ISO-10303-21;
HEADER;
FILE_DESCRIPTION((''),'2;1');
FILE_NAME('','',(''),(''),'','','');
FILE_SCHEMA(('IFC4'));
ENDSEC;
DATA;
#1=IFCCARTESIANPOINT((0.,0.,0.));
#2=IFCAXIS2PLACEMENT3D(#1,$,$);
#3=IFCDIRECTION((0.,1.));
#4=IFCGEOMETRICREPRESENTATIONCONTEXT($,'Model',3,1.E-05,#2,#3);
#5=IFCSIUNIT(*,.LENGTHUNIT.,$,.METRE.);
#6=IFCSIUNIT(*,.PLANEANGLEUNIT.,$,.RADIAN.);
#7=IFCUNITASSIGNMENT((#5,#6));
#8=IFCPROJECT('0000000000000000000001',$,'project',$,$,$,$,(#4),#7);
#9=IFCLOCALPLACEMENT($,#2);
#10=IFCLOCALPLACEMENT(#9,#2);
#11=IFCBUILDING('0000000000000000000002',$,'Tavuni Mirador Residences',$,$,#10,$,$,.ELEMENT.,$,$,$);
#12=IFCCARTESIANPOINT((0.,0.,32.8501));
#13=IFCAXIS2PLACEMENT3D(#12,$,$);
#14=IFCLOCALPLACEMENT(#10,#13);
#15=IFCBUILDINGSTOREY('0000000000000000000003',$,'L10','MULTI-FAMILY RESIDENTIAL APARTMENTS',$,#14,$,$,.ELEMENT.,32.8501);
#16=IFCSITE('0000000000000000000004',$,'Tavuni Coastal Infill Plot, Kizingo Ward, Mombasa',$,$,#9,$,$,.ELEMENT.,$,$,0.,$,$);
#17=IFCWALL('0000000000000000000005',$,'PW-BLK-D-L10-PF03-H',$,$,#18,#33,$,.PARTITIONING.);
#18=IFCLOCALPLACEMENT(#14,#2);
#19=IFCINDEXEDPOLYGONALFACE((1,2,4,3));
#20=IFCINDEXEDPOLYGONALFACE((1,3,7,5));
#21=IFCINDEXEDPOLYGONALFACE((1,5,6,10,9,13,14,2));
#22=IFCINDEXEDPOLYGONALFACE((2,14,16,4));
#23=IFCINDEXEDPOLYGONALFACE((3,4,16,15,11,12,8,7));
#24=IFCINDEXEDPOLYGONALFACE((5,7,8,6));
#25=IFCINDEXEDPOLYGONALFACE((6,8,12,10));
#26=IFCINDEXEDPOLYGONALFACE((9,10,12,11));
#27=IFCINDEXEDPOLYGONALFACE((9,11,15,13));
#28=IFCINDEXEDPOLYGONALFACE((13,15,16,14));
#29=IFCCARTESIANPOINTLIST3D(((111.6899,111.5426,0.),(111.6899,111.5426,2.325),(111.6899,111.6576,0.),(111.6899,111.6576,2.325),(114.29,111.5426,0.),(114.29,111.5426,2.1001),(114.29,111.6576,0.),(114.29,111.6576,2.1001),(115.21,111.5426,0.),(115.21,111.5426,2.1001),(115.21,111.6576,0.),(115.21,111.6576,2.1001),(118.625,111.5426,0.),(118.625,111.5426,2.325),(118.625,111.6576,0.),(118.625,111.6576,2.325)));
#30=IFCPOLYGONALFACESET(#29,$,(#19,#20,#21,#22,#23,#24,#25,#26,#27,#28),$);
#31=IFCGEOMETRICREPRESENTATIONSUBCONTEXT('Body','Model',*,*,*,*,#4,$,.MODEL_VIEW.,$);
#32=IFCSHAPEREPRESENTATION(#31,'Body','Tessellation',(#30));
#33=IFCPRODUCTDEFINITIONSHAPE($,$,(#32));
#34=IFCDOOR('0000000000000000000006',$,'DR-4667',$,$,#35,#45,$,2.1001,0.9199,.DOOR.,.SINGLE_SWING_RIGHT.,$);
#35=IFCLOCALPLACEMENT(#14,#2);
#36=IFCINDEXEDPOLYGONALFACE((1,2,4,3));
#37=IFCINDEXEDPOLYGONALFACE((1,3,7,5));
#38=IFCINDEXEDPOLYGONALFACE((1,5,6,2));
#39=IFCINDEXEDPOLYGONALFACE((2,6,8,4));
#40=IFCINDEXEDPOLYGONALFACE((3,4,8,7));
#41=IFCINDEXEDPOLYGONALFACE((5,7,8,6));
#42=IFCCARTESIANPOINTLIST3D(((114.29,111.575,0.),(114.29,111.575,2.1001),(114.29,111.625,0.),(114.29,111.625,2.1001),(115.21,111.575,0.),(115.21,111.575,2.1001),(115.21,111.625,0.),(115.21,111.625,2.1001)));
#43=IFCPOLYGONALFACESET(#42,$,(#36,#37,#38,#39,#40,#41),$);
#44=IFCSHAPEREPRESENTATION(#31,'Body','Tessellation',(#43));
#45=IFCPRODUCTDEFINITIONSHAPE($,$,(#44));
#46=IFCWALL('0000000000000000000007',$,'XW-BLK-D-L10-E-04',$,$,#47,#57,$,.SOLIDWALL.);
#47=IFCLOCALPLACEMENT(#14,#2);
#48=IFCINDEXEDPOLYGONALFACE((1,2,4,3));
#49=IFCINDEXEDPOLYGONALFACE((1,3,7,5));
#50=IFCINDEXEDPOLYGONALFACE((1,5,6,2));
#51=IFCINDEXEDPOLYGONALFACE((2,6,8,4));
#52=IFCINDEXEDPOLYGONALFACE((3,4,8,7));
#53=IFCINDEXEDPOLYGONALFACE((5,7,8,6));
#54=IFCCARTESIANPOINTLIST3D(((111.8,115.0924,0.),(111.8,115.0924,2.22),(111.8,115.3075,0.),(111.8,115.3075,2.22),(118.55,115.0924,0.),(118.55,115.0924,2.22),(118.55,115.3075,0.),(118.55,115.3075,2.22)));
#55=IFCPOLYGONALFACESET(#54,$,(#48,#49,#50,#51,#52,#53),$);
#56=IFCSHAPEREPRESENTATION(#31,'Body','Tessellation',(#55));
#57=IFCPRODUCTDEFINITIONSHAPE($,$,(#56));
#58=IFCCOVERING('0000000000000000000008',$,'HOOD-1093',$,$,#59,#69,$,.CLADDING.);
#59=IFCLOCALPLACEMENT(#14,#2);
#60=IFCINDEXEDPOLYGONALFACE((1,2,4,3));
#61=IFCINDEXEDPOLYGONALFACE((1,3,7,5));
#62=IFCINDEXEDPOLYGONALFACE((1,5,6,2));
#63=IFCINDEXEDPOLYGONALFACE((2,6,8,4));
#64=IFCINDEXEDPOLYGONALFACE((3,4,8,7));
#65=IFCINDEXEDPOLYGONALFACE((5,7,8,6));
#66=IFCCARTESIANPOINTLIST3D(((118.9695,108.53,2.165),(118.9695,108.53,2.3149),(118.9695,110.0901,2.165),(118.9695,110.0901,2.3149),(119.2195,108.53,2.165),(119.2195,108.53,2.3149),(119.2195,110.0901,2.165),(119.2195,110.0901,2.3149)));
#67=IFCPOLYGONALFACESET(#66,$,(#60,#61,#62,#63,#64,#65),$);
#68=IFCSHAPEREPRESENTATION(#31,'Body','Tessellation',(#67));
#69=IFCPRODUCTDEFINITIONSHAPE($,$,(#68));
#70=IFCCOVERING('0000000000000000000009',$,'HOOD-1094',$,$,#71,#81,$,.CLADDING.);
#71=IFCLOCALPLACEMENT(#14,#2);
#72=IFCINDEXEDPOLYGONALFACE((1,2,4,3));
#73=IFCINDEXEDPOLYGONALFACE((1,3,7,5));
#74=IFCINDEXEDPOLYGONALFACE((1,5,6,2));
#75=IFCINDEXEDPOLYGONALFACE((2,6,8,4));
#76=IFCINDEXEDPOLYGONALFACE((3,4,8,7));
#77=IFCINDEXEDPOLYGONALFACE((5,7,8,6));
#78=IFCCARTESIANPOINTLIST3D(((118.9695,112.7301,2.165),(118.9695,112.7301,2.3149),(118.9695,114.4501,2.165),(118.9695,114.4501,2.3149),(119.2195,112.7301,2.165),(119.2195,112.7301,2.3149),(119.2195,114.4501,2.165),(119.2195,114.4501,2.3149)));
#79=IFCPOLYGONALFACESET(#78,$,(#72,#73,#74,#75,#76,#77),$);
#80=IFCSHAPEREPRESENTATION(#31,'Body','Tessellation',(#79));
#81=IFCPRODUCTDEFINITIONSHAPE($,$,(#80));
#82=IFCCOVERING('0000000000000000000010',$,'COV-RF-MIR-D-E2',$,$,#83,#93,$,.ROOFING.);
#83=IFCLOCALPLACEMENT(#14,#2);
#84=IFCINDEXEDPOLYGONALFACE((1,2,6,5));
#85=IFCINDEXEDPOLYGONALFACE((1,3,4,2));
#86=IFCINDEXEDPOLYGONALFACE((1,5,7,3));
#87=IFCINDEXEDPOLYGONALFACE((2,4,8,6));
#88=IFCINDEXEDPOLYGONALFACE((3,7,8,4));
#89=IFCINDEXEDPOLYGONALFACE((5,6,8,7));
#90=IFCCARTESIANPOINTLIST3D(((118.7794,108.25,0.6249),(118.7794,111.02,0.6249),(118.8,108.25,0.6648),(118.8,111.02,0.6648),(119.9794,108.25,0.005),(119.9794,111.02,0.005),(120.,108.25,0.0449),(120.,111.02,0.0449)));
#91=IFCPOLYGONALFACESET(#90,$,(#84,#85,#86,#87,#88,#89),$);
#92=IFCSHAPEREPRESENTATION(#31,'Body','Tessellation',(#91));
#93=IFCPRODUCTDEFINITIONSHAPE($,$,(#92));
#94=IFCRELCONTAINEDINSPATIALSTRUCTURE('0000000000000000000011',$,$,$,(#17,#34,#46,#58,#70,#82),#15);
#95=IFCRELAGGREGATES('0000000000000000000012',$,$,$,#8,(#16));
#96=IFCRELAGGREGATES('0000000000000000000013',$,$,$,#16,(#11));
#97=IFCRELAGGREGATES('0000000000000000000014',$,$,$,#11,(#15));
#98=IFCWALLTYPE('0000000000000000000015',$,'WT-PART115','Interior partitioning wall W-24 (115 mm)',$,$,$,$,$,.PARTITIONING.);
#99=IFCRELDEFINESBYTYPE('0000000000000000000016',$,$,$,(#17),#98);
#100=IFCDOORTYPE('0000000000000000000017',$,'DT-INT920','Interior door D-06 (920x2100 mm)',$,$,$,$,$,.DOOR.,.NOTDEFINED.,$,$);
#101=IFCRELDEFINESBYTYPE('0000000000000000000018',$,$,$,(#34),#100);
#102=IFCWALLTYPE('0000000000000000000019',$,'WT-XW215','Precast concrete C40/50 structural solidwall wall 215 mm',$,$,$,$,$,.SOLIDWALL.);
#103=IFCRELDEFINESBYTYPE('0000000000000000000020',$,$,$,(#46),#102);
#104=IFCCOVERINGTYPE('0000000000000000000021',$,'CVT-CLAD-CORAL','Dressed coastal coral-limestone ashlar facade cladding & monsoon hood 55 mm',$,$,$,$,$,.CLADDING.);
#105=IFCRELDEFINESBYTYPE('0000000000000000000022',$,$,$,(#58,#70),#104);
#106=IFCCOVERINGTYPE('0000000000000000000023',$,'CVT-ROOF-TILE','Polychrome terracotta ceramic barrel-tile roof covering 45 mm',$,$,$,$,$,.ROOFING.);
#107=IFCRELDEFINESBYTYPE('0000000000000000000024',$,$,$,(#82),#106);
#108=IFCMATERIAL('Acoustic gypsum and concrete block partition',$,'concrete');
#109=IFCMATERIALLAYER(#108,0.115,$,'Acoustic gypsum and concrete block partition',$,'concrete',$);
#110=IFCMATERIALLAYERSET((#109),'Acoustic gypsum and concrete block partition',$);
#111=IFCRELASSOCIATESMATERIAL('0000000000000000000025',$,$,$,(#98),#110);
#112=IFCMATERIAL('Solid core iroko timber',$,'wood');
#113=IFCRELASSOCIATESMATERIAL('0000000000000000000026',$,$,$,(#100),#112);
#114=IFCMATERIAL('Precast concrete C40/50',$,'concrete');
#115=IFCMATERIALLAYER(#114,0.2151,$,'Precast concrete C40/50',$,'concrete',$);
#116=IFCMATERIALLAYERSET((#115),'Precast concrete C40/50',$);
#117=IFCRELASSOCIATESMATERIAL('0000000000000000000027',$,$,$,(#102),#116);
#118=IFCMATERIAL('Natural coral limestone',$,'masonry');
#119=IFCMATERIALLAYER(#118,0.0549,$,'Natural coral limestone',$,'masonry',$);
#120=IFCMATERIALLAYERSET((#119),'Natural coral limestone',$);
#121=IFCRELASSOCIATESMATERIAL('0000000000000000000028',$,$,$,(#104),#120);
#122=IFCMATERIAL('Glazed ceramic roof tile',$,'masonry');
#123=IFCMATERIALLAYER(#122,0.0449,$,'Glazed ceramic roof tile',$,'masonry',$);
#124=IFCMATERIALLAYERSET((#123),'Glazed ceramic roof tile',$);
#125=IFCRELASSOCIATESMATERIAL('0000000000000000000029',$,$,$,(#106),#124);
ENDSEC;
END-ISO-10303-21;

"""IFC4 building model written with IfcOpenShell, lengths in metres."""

from ifc_helpers import new_model, si_unit, direction, frame, frame_2d, origin, origin_2d, place, context, subcontext, project, spatial, polyline, rectangle, outline, extrude, material, layer, layer_set, type_object, element, fill, save


model = new_model("IFC4")

# Units and contexts
model_context = context("Model", 3, precision=1e-05, world=origin(), true_north=direction((0.0, 1.0)))
body_context = subcontext(model_context, "Body", "Model", "MODEL_VIEW")
ifc_project = project(units=[si_unit("LENGTHUNIT", "METRE"), si_unit("PLANEANGLEUNIT", "RADIAN")], contexts=[model_context])

# Site, building, storey
site_placement = place(None, origin())
site = spatial("IfcSite", under=ifc_project, at=site_placement, Name="Tavuni Coastal Infill Plot, Kizingo Ward, Mombasa", CompositionType="ELEMENT", RefElevation=0.0)
building_placement = place(site_placement, origin())
building = spatial("IfcBuilding", under=site, at=building_placement, Name="Tavuni Mirador Residences", CompositionType="ELEMENT")
storey_placement = place(building_placement, frame((0.0, 0.0, 32.8501)))
storey = spatial("IfcBuildingStorey", under=building, at=storey_placement, Name="L10", Description="MULTI-FAMILY RESIDENTIAL APARTMENTS", CompositionType="ELEMENT", Elevation=32.8501)

# Shared definitions
ifc_material_1 = material(Name="Precast concrete C40/50", Category="concrete")

# Wall, opening, door
ifc_material_2 = material(Name="Acoustic gypsum and concrete block partition", Category="concrete")
ifc_layer_1 = layer(ifc_material_2, 0.115, Name="Acoustic gypsum and concrete block partition", Category="concrete")
ifc_layer_set_1 = layer_set([ifc_layer_1], Name="Acoustic gypsum and concrete block partition")
wall_type_1 = type_object("IfcWallType", Name="WT-PART115", Description="Interior partitioning wall W-24 (115 mm)", PredefinedType="PARTITIONING", material=ifc_layer_set_1)
wall_1_placement = place(storey_placement, frame((111.6899, 111.6001, 0.0), z_axis=(0.0, 0.0, 1.0), x_axis=(1.0, 0.0, 0.0)))
wall_1 = element("IfcWall", 1, at=wall_1_placement, inside=storey, type_object=wall_type_1, Name="PW-BLK-D-L10-PF03-H", PredefinedType="PARTITIONING", context=body_context, shape_type="SweptSolid", body=[
    extrude(rectangle(XDim=6.9351, YDim=0.115, at=frame_2d((3.4675, 0.0))), origin(), (0.0, 0.0, 1.0), 2.325),
])
opening_1_placement = place(wall_1_placement, frame((2.6001, 0.0, 0.0)))
opening_1 = element("IfcOpeningElement", 2, at=opening_1_placement, cuts=wall_1, PredefinedType="OPENING", context=body_context, shape_type="SweptSolid", body=[
    extrude(rectangle(XDim=0.9199, YDim=2.1001, at=frame_2d((0.46, 1.05))), frame((0.0, 0.0674, 0.0), z_axis=(0.0, -1.0, 0.0), x_axis=(1.0, 0.0, 0.0)), (0.0, 0.0, 1.0), 0.135),
])
ifc_material_3 = material(Name="Solid core iroko timber", Category="wood")
door_type = type_object("IfcDoorType", Name="DT-INT920", Description="Interior door D-06 (920x2100 mm)", OperationType="NOTDEFINED", PredefinedType="DOOR", material=ifc_material_3)
door_placement = place(opening_1_placement, origin())
door = element("IfcDoor", 3, at=door_placement, inside=storey, type_object=door_type, Name="DR-4667", OperationType="SINGLE_SWING_RIGHT", OverallHeight=2.1001, OverallWidth=0.9199, PredefinedType="DOOR", context=body_context, shape_type="SweptSolid", body=[
    extrude(rectangle(XDim=0.9199, YDim=2.1001, at=frame_2d((0.46, 1.05))), frame((0.0, 0.0249, 0.0), z_axis=(0.0, -1.0, 0.0), x_axis=(1.0, 0.0, 0.0)), (0.0, 0.0, 1.0), 0.05),
])
fill(opening_1, door)

# Wall
ifc_layer_2 = layer(ifc_material_1, 0.2151, Name="Precast concrete C40/50", Category="concrete")
ifc_layer_set_2 = layer_set([ifc_layer_2], Name="Precast concrete C40/50")
wall_type_2 = type_object("IfcWallType", Name="WT-XW215", Description="Precast concrete C40/50 structural solidwall wall 215 mm", PredefinedType="SOLIDWALL", material=ifc_layer_set_2)
wall_2_placement = place(storey_placement, frame((111.8, 115.2, 0.0), z_axis=(0.0, 0.0, 1.0), x_axis=(1.0, 0.0, 0.0)))
element("IfcWall", 4, at=wall_2_placement, inside=storey, type_object=wall_type_2, Name="XW-BLK-D-L10-E-04", PredefinedType="SOLIDWALL", context=body_context, shape_type="SweptSolid", body=[
    extrude(rectangle(XDim=6.75, YDim=0.2151, at=frame_2d((3.375, 0.0))), origin(), (0.0, 0.0, 1.0), 2.22),
])

# Coverings
ifc_material_4 = material(Name="Natural coral limestone", Category="masonry")
ifc_layer_3 = layer(ifc_material_4, 0.0549, Name="Natural coral limestone", Category="masonry")
ifc_layer_set_3 = layer_set([ifc_layer_3], Name="Natural coral limestone")
covering_type_1 = type_object("IfcCoveringType", Name="CVT-CLAD-CORAL", Description="Dressed coastal coral-limestone ashlar facade cladding & monsoon hood 55 mm", PredefinedType="CLADDING", material=ifc_layer_set_3)
covering_1_placement = place(storey_placement, frame((119.0945, 109.3101, 2.165), z_axis=(0.0, 0.0, 1.0), x_axis=(0.0, 1.0, 0.0)))
element("IfcCovering", 5, at=covering_1_placement, inside=storey, type_object=covering_type_1, Name="HOOD-1093", PredefinedType="CLADDING", context=body_context, shape_type="SweptSolid", body=[
    extrude(rectangle(XDim=1.5601, YDim=0.25, at=origin_2d()), origin(), (0.0, 0.0, 1.0), 0.1499),
])
covering_2_placement = place(storey_placement, frame((119.0945, 113.5901, 2.165), z_axis=(0.0, 0.0, 1.0), x_axis=(0.0, 1.0, 0.0)))
element("IfcCovering", 6, at=covering_2_placement, inside=storey, type_object=covering_type_1, Name="HOOD-1094", PredefinedType="CLADDING", context=body_context, shape_type="SweptSolid", body=[
    extrude(rectangle(XDim=1.72, YDim=0.25, at=origin_2d()), origin(), (0.0, 0.0, 1.0), 0.1499),
])
ifc_material_5 = material(Name="Glazed ceramic roof tile", Category="masonry")
ifc_layer_4 = layer(ifc_material_5, 0.0449, Name="Glazed ceramic roof tile", Category="masonry")
ifc_layer_set_4 = layer_set([ifc_layer_4], Name="Glazed ceramic roof tile")
covering_type_2 = type_object("IfcCoveringType", Name="CVT-ROOF-TILE", Description="Polychrome terracotta ceramic barrel-tile roof covering 45 mm", PredefinedType="ROOFING", material=ifc_layer_set_4)
covering_3_placement = place(storey_placement, frame((118.8, 108.25, 0.6648), z_axis=(0.458961, 0.0, 0.888457), x_axis=(0.0, 1.0, 0.0)))
element("IfcCovering", 7, at=covering_3_placement, inside=storey, type_object=covering_type_2, Name="COV-RF-MIR-D-E2", PredefinedType="ROOFING", context=body_context, shape_type="SweptSolid", body=[
    extrude(outline(polyline([(0.0, 0.0), (2.77, 0.0), (2.77, -1.3506), (0.0, -1.3506), (0.0, 0.0)])), origin(), (0.0, 0.0, -1.0), 0.0449),
])

save(model, "model.ifc")
